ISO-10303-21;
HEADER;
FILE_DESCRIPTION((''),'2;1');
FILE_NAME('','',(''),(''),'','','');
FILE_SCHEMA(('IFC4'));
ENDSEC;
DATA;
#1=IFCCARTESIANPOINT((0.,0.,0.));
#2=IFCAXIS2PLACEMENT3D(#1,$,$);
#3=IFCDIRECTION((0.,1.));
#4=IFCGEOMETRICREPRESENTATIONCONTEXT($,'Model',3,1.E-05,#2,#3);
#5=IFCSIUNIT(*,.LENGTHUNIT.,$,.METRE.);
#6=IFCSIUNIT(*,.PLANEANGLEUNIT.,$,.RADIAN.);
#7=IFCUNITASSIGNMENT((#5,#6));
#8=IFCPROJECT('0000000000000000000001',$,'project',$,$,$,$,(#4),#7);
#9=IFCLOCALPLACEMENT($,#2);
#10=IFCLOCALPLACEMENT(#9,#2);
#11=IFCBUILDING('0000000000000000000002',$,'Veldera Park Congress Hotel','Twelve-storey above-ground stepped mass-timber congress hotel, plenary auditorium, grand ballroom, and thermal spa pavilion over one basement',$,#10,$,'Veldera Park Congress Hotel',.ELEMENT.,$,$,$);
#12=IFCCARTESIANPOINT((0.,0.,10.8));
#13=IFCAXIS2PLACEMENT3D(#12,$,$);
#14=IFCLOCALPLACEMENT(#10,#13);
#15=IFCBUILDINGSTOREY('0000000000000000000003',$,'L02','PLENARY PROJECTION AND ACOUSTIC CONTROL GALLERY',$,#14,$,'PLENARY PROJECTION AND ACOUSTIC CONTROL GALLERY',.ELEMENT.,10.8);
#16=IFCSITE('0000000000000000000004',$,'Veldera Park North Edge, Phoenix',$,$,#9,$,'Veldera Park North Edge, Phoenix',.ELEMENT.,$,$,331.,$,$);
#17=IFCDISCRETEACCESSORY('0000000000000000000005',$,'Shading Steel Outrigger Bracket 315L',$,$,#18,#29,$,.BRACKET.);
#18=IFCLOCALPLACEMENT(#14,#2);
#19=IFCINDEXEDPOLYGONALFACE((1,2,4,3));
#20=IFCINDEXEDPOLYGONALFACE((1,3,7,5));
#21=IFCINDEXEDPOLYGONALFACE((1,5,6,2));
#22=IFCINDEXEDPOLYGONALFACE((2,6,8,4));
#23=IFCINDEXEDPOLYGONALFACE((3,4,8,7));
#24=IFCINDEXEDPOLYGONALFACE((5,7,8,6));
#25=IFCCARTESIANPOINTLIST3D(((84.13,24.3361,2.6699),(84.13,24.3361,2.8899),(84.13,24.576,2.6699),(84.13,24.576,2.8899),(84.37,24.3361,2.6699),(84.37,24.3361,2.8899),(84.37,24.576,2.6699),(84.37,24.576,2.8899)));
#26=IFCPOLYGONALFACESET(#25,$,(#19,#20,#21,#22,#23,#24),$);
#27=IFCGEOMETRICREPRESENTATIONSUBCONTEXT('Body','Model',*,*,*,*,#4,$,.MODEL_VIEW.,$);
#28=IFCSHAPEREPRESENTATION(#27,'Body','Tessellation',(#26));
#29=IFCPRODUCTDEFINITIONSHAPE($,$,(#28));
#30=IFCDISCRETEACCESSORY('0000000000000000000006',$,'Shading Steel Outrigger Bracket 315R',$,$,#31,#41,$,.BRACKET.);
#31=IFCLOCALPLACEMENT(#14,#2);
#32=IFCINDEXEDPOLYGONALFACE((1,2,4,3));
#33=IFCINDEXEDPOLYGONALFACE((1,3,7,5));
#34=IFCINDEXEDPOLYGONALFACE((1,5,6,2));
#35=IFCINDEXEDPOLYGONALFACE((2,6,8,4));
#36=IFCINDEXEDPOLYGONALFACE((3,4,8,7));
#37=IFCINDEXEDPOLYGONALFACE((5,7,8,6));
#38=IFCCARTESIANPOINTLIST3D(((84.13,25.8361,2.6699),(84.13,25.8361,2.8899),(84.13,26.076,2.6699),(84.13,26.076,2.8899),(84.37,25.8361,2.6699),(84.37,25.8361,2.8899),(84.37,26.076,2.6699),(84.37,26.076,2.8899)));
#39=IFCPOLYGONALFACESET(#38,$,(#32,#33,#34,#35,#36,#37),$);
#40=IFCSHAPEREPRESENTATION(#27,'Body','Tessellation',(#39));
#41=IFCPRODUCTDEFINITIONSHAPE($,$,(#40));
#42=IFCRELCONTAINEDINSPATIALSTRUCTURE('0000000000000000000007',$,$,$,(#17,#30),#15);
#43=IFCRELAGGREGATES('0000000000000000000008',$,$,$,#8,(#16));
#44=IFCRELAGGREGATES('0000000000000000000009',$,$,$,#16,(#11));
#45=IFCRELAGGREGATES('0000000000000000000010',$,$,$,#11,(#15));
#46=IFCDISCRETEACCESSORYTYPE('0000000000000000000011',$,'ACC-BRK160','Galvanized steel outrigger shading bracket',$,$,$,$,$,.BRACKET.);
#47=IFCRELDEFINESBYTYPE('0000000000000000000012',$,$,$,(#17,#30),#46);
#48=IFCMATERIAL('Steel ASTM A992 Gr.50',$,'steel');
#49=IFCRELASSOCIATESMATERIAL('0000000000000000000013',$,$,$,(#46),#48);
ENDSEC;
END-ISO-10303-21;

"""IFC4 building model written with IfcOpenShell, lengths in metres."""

from ifc_helpers import new_model, si_unit, direction, frame, origin, origin_2d, place, context, subcontext, project, spatial, rectangle, extrude, material, type_object, element, save


model = new_model("IFC4")

# Units and contexts
model_context = context("Model", 3, precision=1e-05, world=origin(), true_north=direction((0.0, 1.0)))
body_context = subcontext(model_context, "Body", "Model", "MODEL_VIEW")
ifc_project = project(units=[si_unit("LENGTHUNIT", "METRE"), si_unit("PLANEANGLEUNIT", "RADIAN")], contexts=[model_context])

# Site, building, storey
site_placement = place(None, origin())
site = spatial("IfcSite", under=ifc_project, at=site_placement, Name="Veldera Park North Edge, Phoenix", LongName="Veldera Park North Edge, Phoenix", CompositionType="ELEMENT", RefElevation=331.0)
building_placement = place(site_placement, origin())
building = spatial("IfcBuilding", under=site, at=building_placement, Name="Veldera Park Congress Hotel", Description="Twelve-storey above-ground stepped mass-timber congress hotel, plenary auditorium, grand ballroom, and thermal spa pavilion over one basement", LongName="Veldera Park Congress Hotel", CompositionType="ELEMENT")
storey_placement = place(building_placement, frame((0.0, 0.0, 10.8)))
storey = spatial("IfcBuildingStorey", under=building, at=storey_placement, Name="L02", Description="PLENARY PROJECTION AND ACOUSTIC CONTROL GALLERY", LongName="PLENARY PROJECTION AND ACOUSTIC CONTROL GALLERY", CompositionType="ELEMENT", Elevation=10.8)

# Discrete accessories
ifc_material_1 = material(Name="Steel ASTM A992 Gr.50", Category="steel")
discrete_accessory_type = type_object("IfcDiscreteAccessoryType", Name="ACC-BRK160", Description="Galvanized steel outrigger shading bracket", PredefinedType="BRACKET", material=ifc_material_1)
for number, where, z_axis, x_axis, name in (
    (1, (84.25, 24.4561, 2.6699), (0.0, 0.0, 1.0), (0.0, 1.0, 0.0), "Shading Steel Outrigger Bracket 315L"),
    (2, (84.25, 25.9561, 2.6699), (0.0, 0.0, 1.0), (0.0, 1.0, 0.0), "Shading Steel Outrigger Bracket 315R"),
):
    element("IfcDiscreteAccessory", number, at=place(storey_placement, frame(where, z_axis=z_axis, x_axis=x_axis)), inside=storey, type_object=discrete_accessory_type, Name=name, PredefinedType="BRACKET", context=body_context, shape_type="SweptSolid", body=[
        extrude(rectangle(XDim=0.24, YDim=0.24, at=origin_2d()), origin(), (0.0, 0.0, 1.0), 0.22),
    ])

save(model, "model.ifc")
